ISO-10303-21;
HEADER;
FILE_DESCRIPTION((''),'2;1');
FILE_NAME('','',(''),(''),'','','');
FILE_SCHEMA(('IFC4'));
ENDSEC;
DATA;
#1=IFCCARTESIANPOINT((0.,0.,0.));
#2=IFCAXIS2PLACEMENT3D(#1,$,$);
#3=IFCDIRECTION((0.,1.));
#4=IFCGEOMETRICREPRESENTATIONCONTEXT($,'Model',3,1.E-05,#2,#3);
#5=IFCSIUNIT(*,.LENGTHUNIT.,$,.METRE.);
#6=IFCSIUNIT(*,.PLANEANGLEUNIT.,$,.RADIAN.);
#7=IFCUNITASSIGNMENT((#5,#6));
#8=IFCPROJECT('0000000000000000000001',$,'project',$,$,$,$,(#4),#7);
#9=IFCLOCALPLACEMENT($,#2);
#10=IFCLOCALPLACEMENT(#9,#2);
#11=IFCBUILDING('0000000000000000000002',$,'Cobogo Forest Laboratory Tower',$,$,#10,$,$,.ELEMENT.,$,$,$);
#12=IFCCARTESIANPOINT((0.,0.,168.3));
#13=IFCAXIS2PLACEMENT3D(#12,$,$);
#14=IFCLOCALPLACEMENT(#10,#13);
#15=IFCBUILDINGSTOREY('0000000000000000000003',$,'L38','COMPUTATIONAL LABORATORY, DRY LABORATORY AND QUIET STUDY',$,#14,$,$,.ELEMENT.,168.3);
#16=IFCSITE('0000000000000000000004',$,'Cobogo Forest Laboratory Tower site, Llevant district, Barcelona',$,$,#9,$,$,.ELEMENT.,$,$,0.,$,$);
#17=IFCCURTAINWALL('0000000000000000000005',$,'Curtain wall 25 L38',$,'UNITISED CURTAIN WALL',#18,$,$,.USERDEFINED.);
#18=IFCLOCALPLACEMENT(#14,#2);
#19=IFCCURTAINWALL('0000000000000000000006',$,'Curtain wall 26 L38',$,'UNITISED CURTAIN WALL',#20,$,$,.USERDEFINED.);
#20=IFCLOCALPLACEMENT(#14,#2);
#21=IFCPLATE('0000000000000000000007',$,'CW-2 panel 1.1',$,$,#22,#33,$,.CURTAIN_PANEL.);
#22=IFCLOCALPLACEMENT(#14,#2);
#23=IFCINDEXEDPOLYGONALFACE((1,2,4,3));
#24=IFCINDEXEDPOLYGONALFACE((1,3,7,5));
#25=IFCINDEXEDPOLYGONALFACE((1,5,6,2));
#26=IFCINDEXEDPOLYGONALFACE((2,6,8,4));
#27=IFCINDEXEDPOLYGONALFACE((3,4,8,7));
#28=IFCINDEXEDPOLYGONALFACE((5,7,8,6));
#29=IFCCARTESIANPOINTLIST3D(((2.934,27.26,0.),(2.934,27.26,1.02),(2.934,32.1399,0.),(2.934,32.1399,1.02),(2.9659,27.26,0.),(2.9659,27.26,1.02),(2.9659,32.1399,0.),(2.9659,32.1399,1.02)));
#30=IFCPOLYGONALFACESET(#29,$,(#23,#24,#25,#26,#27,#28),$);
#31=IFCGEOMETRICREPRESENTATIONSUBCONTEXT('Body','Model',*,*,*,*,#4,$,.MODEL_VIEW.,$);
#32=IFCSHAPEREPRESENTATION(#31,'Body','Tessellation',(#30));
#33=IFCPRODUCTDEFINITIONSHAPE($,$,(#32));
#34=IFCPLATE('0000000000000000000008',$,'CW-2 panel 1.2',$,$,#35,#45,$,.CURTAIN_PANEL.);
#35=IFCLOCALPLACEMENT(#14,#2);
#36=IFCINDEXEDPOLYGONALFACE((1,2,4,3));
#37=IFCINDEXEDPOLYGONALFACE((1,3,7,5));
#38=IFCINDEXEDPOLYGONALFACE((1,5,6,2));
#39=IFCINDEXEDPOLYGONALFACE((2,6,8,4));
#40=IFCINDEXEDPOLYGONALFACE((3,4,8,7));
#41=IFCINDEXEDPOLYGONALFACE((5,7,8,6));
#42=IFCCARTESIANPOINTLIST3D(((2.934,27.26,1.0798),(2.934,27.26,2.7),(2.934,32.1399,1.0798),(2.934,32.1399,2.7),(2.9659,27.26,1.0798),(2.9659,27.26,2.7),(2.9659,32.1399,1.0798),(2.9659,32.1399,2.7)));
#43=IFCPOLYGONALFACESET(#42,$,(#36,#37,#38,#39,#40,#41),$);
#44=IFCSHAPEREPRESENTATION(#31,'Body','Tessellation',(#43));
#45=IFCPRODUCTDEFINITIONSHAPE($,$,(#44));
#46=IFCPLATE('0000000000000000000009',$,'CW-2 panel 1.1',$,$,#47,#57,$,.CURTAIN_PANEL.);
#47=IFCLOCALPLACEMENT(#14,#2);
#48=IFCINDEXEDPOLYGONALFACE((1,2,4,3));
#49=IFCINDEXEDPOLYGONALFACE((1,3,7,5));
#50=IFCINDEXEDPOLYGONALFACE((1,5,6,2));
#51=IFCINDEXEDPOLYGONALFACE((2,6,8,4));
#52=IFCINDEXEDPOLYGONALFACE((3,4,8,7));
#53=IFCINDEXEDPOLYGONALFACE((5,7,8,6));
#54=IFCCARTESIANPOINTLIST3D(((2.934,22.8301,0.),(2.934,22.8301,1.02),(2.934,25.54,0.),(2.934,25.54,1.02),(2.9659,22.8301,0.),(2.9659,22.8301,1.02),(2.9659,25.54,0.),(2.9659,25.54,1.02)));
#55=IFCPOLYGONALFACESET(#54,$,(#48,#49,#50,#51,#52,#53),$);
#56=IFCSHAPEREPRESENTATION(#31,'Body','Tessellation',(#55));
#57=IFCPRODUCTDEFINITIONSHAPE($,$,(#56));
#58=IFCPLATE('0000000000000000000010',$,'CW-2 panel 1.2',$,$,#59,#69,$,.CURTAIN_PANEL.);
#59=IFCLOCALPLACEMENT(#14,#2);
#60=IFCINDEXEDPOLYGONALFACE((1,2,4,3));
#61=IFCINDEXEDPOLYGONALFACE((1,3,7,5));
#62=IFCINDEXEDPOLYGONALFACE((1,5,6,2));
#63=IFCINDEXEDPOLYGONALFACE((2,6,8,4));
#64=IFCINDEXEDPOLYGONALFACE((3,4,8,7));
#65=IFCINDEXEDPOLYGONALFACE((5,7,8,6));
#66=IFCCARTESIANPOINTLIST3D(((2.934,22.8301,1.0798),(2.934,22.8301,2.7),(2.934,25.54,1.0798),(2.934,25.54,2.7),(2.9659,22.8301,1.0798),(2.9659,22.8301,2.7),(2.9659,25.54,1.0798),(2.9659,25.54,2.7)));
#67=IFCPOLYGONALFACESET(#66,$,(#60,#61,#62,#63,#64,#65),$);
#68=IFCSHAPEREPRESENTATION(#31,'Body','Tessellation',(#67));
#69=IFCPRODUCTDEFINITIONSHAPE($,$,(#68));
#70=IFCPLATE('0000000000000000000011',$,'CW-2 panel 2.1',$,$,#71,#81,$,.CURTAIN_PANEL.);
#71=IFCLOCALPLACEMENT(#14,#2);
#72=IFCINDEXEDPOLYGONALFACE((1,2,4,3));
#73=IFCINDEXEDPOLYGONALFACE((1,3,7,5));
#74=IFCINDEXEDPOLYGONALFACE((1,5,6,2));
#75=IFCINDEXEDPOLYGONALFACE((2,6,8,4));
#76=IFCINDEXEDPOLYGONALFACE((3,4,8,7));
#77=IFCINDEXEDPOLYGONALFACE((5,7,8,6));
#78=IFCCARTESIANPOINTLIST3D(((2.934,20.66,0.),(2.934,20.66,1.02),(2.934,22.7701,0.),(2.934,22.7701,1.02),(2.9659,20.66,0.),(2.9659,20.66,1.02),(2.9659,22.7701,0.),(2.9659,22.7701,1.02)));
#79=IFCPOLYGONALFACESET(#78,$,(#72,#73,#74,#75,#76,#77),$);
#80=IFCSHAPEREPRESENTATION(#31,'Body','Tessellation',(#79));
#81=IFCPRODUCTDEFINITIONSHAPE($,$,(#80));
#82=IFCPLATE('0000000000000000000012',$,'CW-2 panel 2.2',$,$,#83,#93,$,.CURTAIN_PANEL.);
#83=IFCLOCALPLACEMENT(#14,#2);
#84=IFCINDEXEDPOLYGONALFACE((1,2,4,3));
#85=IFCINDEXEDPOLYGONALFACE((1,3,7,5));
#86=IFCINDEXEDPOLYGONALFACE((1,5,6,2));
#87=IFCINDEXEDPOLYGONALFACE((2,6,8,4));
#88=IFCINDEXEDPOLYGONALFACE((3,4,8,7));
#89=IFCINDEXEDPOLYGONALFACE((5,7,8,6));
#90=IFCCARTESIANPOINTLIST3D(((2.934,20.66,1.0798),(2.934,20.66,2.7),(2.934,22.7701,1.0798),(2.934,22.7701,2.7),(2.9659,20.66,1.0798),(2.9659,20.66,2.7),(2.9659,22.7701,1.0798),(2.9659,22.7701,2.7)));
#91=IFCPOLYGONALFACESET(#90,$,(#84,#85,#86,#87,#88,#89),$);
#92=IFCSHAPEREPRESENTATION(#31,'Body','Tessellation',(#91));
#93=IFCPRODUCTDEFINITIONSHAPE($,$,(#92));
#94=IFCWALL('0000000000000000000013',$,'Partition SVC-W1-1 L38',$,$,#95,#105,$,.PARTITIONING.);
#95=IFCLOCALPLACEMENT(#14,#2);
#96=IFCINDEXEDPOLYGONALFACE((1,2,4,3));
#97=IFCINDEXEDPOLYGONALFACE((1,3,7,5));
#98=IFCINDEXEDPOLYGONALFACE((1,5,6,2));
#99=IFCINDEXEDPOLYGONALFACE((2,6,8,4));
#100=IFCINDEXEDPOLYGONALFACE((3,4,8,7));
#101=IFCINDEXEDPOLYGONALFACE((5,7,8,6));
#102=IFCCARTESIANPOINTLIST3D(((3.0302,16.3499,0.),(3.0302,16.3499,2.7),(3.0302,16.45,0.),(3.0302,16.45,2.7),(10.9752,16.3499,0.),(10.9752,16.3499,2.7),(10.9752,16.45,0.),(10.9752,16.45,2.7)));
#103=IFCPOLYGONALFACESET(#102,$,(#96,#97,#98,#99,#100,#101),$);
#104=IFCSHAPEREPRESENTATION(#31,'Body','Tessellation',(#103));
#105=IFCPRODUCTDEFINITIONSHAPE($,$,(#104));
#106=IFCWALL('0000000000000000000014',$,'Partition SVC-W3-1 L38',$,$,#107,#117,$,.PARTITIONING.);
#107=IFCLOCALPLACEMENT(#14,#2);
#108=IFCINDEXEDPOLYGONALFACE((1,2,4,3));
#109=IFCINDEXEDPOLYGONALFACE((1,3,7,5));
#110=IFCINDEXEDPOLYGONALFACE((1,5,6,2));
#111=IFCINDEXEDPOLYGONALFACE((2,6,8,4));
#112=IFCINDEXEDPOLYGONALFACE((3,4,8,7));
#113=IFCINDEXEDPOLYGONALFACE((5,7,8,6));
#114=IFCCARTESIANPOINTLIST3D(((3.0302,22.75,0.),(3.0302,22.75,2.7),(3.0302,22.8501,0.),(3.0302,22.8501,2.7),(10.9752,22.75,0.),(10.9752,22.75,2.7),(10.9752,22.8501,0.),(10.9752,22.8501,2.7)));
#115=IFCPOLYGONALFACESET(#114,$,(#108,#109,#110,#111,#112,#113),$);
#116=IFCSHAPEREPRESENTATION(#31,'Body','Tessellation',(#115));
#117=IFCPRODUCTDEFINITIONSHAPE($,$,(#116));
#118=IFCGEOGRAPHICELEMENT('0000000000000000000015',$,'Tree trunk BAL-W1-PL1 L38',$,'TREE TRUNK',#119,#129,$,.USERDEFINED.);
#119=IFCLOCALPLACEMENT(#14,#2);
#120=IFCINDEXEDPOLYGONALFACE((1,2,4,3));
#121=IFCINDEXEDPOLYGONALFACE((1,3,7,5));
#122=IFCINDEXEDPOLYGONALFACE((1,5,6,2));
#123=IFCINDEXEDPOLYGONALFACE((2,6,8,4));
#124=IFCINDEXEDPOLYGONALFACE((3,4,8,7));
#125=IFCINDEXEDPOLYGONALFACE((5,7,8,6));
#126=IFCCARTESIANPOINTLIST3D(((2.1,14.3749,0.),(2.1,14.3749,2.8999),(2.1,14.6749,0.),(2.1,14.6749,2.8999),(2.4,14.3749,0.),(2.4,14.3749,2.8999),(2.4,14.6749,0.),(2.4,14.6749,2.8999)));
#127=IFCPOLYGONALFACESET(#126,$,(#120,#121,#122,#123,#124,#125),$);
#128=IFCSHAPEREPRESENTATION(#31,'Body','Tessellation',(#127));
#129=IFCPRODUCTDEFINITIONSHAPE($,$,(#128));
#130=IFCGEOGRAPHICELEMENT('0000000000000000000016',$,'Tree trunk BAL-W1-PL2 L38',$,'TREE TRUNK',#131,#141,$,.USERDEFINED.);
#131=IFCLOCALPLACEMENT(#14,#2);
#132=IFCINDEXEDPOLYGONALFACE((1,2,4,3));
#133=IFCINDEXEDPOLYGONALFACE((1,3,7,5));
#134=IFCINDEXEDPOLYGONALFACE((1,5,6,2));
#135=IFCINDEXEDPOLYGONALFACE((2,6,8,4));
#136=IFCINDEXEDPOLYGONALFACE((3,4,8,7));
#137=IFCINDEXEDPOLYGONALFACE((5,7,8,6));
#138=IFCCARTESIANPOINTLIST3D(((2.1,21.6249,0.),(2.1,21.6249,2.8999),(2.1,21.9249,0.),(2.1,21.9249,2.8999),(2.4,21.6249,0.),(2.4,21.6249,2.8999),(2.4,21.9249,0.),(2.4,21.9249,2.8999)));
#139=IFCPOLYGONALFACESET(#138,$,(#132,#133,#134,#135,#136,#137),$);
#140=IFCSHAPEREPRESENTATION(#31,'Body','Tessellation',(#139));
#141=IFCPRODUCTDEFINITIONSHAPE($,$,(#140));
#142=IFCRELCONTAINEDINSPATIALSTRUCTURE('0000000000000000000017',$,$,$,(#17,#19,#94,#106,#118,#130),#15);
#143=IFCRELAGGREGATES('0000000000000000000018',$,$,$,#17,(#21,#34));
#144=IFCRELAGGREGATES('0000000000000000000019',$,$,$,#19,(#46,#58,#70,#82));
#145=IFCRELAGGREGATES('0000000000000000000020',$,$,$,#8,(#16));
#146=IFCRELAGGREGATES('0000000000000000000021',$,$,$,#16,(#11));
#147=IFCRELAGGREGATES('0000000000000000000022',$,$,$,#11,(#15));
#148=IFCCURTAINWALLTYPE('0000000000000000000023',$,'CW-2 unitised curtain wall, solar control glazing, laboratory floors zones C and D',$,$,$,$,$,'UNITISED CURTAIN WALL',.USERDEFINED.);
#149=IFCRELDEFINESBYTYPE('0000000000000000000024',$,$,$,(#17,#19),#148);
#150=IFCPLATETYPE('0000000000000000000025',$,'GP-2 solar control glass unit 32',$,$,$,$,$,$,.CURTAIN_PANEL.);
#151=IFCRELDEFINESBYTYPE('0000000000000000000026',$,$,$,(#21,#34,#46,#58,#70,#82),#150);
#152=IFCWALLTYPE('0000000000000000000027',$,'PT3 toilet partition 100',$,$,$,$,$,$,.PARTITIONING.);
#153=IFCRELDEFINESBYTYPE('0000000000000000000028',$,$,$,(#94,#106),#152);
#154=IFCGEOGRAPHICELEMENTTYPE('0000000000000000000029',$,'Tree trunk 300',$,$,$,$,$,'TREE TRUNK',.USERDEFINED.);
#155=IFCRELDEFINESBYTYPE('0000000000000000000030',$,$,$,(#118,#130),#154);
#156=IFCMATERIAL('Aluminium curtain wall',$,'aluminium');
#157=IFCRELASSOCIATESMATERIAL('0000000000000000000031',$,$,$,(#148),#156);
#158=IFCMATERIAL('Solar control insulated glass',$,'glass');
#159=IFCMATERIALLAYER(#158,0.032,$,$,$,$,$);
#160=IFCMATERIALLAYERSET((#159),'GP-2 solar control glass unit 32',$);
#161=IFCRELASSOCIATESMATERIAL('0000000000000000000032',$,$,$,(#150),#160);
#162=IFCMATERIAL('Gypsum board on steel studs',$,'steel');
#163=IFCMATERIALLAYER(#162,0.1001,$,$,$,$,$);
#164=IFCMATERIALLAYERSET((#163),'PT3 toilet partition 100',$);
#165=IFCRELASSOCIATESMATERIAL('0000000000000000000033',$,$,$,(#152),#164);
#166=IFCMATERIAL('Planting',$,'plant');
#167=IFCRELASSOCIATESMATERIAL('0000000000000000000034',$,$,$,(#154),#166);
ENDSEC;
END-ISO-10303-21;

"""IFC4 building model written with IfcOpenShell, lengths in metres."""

from ifc_helpers import new_model, si_unit, direction, frame, frame_2d, origin, origin_2d, place, context, subcontext, project, spatial, rectangle, extrude, material, layer, layer_set, type_object, element, aggregate, save


model = new_model("IFC4")

# Units and contexts
model_context = context("Model", 3, precision=1e-05, world=origin(), true_north=direction((0.0, 1.0)))
body_context = subcontext(model_context, "Body", "Model", "MODEL_VIEW")
ifc_project = project(units=[si_unit("LENGTHUNIT", "METRE"), si_unit("PLANEANGLEUNIT", "RADIAN")], contexts=[model_context])

# Site, building, storey
site_placement = place(None, origin())
site = spatial("IfcSite", under=ifc_project, at=site_placement, Name="Cobogo Forest Laboratory Tower site, Llevant district, Barcelona", CompositionType="ELEMENT", RefElevation=0.0)
building_placement = place(site_placement, origin())
building = spatial("IfcBuilding", under=site, at=building_placement, Name="Cobogo Forest Laboratory Tower", CompositionType="ELEMENT")
storey_placement = place(building_placement, frame((0.0, 0.0, 168.3)))
storey = spatial("IfcBuildingStorey", under=building, at=storey_placement, Name="L38", Description="COMPUTATIONAL LABORATORY, DRY LABORATORY AND QUIET STUDY", CompositionType="ELEMENT", Elevation=168.3)

# Curtain walls
ifc_material_1 = material(Name="Aluminium curtain wall", Category="aluminium")
curtain_wall_type = type_object("IfcCurtainWallType", Name="CW-2 unitised curtain wall, solar control glazing, laboratory floors zones C and D", ElementType="UNITISED CURTAIN WALL", PredefinedType="USERDEFINED", material=ifc_material_1)
curtain_wall_1_placement = place(storey_placement, origin())
curtain_wall_1 = element("IfcCurtainWall", 1, at=curtain_wall_1_placement, inside=storey, type_object=curtain_wall_type, Name="Curtain wall 25 L38", ObjectType="UNITISED CURTAIN WALL", PredefinedType="USERDEFINED")
curtain_wall_2_placement = place(storey_placement, origin())
curtain_wall_2 = element("IfcCurtainWall", 2, at=curtain_wall_2_placement, inside=storey, type_object=curtain_wall_type, Name="Curtain wall 26 L38", ObjectType="UNITISED CURTAIN WALL", PredefinedType="USERDEFINED")

# Plates
ifc_material_2 = material(Name="Solar control insulated glass", Category="glass")
ifc_layer_1 = layer(ifc_material_2, 0.032)
ifc_layer_set_1 = layer_set([ifc_layer_1], Name="GP-2 solar control glass unit 32")
plate_type_1 = type_object("IfcPlateType", Name="GP-2 solar control glass unit 32", PredefinedType="CURTAIN_PANEL", material=ifc_layer_set_1)
plate_1_placement = place(storey_placement, frame((2.95, 29.7, 0.0), z_axis=(0.0, 0.0, 1.0), x_axis=(0.0, -1.0, 0.0)))
plate_1 = element("IfcPlate", 3, at=plate_1_placement, type_object=plate_type_1, Name="CW-2 panel 1.1", PredefinedType="CURTAIN_PANEL", context=body_context, shape_type="SweptSolid", body=[
    extrude(rectangle(XDim=4.8799, YDim=0.032, at=origin_2d()), origin(), (0.0, 0.0, 1.0), 1.02),
])
plate_2_placement = place(storey_placement, frame((2.95, 29.7, 1.0798), z_axis=(0.0, 0.0, 1.0), x_axis=(0.0, -1.0, 0.0)))
plate_2 = element("IfcPlate", 4, at=plate_2_placement, type_object=plate_type_1, Name="CW-2 panel 1.2", PredefinedType="CURTAIN_PANEL", context=body_context, shape_type="SweptSolid", body=[
    extrude(rectangle(XDim=4.8799, YDim=0.032, at=origin_2d()), origin(), (0.0, 0.0, 1.0), 1.6201),
])
aggregate(curtain_wall_1, [plate_1, plate_2])
plate_3_placement = place(storey_placement, frame((2.95, 24.1851, 0.0), z_axis=(0.0, 0.0, 1.0), x_axis=(0.0, -1.0, 0.0)))
plate_3 = element("IfcPlate", 5, at=plate_3_placement, type_object=plate_type_1, Name="CW-2 panel 1.1", PredefinedType="CURTAIN_PANEL", context=body_context, shape_type="SweptSolid", body=[
    extrude(rectangle(XDim=2.71, YDim=0.032, at=origin_2d()), origin(), (0.0, 0.0, 1.0), 1.02),
])
plate_4_placement = place(storey_placement, frame((2.95, 24.1851, 1.0798), z_axis=(0.0, 0.0, 1.0), x_axis=(0.0, -1.0, 0.0)))
plate_4 = element("IfcPlate", 6, at=plate_4_placement, type_object=plate_type_1, Name="CW-2 panel 1.2", PredefinedType="CURTAIN_PANEL", context=body_context, shape_type="SweptSolid", body=[
    extrude(rectangle(XDim=2.71, YDim=0.032, at=origin_2d()), origin(), (0.0, 0.0, 1.0), 1.6201),
])
plate_5_placement = place(storey_placement, frame((2.95, 21.7151, 0.0), z_axis=(0.0, 0.0, 1.0), x_axis=(0.0, -1.0, 0.0)))
plate_5 = element("IfcPlate", 7, at=plate_5_placement, type_object=plate_type_1, Name="CW-2 panel 2.1", PredefinedType="CURTAIN_PANEL", context=body_context, shape_type="SweptSolid", body=[
    extrude(rectangle(XDim=2.1101, YDim=0.032, at=origin_2d()), origin(), (0.0, 0.0, 1.0), 1.02),
])
plate_6_placement = place(storey_placement, frame((2.95, 21.7151, 1.0798), z_axis=(0.0, 0.0, 1.0), x_axis=(0.0, -1.0, 0.0)))
plate_6 = element("IfcPlate", 8, at=plate_6_placement, type_object=plate_type_1, Name="CW-2 panel 2.2", PredefinedType="CURTAIN_PANEL", context=body_context, shape_type="SweptSolid", body=[
    extrude(rectangle(XDim=2.1101, YDim=0.032, at=origin_2d()), origin(), (0.0, 0.0, 1.0), 1.6201),
])
aggregate(curtain_wall_2, [plate_3, plate_4, plate_5, plate_6])

# Walls
ifc_material_3 = material(Name="Gypsum board on steel studs", Category="steel")
ifc_layer_2 = layer(ifc_material_3, 0.1001)
ifc_layer_set_2 = layer_set([ifc_layer_2], Name="PT3 toilet partition 100")
wall_type_1 = type_object("IfcWallType", Name="PT3 toilet partition 100", PredefinedType="PARTITIONING", material=ifc_layer_set_2)
for number, where, z_axis, x_axis, name in (
    (9, (3.03, 16.3999, 0.0), (0.0, 0.0, 1.0), (1.0, 0.0, 0.0), "Partition SVC-W1-1 L38"),
    (10, (3.03, 22.8, 0.0), (0.0, 0.0, 1.0), (1.0, 0.0, 0.0), "Partition SVC-W3-1 L38"),
):
    element("IfcWall", number, at=place(storey_placement, frame(where, z_axis=z_axis, x_axis=x_axis)), inside=storey, type_object=wall_type_1, Name=name, PredefinedType="PARTITIONING", context=body_context, shape_type="SweptSolid", body=[
        extrude(rectangle(XDim=7.9451, YDim=0.1001, at=frame_2d((3.9727, 0.0))), origin(), (0.0, 0.0, 1.0), 2.7),
    ])

# Geographic elements
ifc_material_4 = material(Name="Planting", Category="plant")
geographic_element_type = type_object("IfcGeographicElementType", Name="Tree trunk 300", ElementType="TREE TRUNK", PredefinedType="USERDEFINED", material=ifc_material_4)
for number, where, z_axis, x_axis, name in (
    (11, (2.25, 14.5249, 0.0), (0.0, 0.0, 1.0), (1.0, 0.0, 0.0), "Tree trunk BAL-W1-PL1 L38"),
    (12, (2.25, 21.7749, 0.0), (0.0, 0.0, 1.0), (1.0, 0.0, 0.0), "Tree trunk BAL-W1-PL2 L38"),
):
    element("IfcGeographicElement", number, at=place(storey_placement, frame(where, z_axis=z_axis, x_axis=x_axis)), inside=storey, type_object=geographic_element_type, Name=name, ObjectType="TREE TRUNK", PredefinedType="USERDEFINED", context=body_context, shape_type="SweptSolid", body=[
        extrude(rectangle(XDim=0.3, YDim=0.3, at=origin_2d()), origin(), (0.0, 0.0, 1.0), 2.8999),
    ])

save(model, "model.ifc")
